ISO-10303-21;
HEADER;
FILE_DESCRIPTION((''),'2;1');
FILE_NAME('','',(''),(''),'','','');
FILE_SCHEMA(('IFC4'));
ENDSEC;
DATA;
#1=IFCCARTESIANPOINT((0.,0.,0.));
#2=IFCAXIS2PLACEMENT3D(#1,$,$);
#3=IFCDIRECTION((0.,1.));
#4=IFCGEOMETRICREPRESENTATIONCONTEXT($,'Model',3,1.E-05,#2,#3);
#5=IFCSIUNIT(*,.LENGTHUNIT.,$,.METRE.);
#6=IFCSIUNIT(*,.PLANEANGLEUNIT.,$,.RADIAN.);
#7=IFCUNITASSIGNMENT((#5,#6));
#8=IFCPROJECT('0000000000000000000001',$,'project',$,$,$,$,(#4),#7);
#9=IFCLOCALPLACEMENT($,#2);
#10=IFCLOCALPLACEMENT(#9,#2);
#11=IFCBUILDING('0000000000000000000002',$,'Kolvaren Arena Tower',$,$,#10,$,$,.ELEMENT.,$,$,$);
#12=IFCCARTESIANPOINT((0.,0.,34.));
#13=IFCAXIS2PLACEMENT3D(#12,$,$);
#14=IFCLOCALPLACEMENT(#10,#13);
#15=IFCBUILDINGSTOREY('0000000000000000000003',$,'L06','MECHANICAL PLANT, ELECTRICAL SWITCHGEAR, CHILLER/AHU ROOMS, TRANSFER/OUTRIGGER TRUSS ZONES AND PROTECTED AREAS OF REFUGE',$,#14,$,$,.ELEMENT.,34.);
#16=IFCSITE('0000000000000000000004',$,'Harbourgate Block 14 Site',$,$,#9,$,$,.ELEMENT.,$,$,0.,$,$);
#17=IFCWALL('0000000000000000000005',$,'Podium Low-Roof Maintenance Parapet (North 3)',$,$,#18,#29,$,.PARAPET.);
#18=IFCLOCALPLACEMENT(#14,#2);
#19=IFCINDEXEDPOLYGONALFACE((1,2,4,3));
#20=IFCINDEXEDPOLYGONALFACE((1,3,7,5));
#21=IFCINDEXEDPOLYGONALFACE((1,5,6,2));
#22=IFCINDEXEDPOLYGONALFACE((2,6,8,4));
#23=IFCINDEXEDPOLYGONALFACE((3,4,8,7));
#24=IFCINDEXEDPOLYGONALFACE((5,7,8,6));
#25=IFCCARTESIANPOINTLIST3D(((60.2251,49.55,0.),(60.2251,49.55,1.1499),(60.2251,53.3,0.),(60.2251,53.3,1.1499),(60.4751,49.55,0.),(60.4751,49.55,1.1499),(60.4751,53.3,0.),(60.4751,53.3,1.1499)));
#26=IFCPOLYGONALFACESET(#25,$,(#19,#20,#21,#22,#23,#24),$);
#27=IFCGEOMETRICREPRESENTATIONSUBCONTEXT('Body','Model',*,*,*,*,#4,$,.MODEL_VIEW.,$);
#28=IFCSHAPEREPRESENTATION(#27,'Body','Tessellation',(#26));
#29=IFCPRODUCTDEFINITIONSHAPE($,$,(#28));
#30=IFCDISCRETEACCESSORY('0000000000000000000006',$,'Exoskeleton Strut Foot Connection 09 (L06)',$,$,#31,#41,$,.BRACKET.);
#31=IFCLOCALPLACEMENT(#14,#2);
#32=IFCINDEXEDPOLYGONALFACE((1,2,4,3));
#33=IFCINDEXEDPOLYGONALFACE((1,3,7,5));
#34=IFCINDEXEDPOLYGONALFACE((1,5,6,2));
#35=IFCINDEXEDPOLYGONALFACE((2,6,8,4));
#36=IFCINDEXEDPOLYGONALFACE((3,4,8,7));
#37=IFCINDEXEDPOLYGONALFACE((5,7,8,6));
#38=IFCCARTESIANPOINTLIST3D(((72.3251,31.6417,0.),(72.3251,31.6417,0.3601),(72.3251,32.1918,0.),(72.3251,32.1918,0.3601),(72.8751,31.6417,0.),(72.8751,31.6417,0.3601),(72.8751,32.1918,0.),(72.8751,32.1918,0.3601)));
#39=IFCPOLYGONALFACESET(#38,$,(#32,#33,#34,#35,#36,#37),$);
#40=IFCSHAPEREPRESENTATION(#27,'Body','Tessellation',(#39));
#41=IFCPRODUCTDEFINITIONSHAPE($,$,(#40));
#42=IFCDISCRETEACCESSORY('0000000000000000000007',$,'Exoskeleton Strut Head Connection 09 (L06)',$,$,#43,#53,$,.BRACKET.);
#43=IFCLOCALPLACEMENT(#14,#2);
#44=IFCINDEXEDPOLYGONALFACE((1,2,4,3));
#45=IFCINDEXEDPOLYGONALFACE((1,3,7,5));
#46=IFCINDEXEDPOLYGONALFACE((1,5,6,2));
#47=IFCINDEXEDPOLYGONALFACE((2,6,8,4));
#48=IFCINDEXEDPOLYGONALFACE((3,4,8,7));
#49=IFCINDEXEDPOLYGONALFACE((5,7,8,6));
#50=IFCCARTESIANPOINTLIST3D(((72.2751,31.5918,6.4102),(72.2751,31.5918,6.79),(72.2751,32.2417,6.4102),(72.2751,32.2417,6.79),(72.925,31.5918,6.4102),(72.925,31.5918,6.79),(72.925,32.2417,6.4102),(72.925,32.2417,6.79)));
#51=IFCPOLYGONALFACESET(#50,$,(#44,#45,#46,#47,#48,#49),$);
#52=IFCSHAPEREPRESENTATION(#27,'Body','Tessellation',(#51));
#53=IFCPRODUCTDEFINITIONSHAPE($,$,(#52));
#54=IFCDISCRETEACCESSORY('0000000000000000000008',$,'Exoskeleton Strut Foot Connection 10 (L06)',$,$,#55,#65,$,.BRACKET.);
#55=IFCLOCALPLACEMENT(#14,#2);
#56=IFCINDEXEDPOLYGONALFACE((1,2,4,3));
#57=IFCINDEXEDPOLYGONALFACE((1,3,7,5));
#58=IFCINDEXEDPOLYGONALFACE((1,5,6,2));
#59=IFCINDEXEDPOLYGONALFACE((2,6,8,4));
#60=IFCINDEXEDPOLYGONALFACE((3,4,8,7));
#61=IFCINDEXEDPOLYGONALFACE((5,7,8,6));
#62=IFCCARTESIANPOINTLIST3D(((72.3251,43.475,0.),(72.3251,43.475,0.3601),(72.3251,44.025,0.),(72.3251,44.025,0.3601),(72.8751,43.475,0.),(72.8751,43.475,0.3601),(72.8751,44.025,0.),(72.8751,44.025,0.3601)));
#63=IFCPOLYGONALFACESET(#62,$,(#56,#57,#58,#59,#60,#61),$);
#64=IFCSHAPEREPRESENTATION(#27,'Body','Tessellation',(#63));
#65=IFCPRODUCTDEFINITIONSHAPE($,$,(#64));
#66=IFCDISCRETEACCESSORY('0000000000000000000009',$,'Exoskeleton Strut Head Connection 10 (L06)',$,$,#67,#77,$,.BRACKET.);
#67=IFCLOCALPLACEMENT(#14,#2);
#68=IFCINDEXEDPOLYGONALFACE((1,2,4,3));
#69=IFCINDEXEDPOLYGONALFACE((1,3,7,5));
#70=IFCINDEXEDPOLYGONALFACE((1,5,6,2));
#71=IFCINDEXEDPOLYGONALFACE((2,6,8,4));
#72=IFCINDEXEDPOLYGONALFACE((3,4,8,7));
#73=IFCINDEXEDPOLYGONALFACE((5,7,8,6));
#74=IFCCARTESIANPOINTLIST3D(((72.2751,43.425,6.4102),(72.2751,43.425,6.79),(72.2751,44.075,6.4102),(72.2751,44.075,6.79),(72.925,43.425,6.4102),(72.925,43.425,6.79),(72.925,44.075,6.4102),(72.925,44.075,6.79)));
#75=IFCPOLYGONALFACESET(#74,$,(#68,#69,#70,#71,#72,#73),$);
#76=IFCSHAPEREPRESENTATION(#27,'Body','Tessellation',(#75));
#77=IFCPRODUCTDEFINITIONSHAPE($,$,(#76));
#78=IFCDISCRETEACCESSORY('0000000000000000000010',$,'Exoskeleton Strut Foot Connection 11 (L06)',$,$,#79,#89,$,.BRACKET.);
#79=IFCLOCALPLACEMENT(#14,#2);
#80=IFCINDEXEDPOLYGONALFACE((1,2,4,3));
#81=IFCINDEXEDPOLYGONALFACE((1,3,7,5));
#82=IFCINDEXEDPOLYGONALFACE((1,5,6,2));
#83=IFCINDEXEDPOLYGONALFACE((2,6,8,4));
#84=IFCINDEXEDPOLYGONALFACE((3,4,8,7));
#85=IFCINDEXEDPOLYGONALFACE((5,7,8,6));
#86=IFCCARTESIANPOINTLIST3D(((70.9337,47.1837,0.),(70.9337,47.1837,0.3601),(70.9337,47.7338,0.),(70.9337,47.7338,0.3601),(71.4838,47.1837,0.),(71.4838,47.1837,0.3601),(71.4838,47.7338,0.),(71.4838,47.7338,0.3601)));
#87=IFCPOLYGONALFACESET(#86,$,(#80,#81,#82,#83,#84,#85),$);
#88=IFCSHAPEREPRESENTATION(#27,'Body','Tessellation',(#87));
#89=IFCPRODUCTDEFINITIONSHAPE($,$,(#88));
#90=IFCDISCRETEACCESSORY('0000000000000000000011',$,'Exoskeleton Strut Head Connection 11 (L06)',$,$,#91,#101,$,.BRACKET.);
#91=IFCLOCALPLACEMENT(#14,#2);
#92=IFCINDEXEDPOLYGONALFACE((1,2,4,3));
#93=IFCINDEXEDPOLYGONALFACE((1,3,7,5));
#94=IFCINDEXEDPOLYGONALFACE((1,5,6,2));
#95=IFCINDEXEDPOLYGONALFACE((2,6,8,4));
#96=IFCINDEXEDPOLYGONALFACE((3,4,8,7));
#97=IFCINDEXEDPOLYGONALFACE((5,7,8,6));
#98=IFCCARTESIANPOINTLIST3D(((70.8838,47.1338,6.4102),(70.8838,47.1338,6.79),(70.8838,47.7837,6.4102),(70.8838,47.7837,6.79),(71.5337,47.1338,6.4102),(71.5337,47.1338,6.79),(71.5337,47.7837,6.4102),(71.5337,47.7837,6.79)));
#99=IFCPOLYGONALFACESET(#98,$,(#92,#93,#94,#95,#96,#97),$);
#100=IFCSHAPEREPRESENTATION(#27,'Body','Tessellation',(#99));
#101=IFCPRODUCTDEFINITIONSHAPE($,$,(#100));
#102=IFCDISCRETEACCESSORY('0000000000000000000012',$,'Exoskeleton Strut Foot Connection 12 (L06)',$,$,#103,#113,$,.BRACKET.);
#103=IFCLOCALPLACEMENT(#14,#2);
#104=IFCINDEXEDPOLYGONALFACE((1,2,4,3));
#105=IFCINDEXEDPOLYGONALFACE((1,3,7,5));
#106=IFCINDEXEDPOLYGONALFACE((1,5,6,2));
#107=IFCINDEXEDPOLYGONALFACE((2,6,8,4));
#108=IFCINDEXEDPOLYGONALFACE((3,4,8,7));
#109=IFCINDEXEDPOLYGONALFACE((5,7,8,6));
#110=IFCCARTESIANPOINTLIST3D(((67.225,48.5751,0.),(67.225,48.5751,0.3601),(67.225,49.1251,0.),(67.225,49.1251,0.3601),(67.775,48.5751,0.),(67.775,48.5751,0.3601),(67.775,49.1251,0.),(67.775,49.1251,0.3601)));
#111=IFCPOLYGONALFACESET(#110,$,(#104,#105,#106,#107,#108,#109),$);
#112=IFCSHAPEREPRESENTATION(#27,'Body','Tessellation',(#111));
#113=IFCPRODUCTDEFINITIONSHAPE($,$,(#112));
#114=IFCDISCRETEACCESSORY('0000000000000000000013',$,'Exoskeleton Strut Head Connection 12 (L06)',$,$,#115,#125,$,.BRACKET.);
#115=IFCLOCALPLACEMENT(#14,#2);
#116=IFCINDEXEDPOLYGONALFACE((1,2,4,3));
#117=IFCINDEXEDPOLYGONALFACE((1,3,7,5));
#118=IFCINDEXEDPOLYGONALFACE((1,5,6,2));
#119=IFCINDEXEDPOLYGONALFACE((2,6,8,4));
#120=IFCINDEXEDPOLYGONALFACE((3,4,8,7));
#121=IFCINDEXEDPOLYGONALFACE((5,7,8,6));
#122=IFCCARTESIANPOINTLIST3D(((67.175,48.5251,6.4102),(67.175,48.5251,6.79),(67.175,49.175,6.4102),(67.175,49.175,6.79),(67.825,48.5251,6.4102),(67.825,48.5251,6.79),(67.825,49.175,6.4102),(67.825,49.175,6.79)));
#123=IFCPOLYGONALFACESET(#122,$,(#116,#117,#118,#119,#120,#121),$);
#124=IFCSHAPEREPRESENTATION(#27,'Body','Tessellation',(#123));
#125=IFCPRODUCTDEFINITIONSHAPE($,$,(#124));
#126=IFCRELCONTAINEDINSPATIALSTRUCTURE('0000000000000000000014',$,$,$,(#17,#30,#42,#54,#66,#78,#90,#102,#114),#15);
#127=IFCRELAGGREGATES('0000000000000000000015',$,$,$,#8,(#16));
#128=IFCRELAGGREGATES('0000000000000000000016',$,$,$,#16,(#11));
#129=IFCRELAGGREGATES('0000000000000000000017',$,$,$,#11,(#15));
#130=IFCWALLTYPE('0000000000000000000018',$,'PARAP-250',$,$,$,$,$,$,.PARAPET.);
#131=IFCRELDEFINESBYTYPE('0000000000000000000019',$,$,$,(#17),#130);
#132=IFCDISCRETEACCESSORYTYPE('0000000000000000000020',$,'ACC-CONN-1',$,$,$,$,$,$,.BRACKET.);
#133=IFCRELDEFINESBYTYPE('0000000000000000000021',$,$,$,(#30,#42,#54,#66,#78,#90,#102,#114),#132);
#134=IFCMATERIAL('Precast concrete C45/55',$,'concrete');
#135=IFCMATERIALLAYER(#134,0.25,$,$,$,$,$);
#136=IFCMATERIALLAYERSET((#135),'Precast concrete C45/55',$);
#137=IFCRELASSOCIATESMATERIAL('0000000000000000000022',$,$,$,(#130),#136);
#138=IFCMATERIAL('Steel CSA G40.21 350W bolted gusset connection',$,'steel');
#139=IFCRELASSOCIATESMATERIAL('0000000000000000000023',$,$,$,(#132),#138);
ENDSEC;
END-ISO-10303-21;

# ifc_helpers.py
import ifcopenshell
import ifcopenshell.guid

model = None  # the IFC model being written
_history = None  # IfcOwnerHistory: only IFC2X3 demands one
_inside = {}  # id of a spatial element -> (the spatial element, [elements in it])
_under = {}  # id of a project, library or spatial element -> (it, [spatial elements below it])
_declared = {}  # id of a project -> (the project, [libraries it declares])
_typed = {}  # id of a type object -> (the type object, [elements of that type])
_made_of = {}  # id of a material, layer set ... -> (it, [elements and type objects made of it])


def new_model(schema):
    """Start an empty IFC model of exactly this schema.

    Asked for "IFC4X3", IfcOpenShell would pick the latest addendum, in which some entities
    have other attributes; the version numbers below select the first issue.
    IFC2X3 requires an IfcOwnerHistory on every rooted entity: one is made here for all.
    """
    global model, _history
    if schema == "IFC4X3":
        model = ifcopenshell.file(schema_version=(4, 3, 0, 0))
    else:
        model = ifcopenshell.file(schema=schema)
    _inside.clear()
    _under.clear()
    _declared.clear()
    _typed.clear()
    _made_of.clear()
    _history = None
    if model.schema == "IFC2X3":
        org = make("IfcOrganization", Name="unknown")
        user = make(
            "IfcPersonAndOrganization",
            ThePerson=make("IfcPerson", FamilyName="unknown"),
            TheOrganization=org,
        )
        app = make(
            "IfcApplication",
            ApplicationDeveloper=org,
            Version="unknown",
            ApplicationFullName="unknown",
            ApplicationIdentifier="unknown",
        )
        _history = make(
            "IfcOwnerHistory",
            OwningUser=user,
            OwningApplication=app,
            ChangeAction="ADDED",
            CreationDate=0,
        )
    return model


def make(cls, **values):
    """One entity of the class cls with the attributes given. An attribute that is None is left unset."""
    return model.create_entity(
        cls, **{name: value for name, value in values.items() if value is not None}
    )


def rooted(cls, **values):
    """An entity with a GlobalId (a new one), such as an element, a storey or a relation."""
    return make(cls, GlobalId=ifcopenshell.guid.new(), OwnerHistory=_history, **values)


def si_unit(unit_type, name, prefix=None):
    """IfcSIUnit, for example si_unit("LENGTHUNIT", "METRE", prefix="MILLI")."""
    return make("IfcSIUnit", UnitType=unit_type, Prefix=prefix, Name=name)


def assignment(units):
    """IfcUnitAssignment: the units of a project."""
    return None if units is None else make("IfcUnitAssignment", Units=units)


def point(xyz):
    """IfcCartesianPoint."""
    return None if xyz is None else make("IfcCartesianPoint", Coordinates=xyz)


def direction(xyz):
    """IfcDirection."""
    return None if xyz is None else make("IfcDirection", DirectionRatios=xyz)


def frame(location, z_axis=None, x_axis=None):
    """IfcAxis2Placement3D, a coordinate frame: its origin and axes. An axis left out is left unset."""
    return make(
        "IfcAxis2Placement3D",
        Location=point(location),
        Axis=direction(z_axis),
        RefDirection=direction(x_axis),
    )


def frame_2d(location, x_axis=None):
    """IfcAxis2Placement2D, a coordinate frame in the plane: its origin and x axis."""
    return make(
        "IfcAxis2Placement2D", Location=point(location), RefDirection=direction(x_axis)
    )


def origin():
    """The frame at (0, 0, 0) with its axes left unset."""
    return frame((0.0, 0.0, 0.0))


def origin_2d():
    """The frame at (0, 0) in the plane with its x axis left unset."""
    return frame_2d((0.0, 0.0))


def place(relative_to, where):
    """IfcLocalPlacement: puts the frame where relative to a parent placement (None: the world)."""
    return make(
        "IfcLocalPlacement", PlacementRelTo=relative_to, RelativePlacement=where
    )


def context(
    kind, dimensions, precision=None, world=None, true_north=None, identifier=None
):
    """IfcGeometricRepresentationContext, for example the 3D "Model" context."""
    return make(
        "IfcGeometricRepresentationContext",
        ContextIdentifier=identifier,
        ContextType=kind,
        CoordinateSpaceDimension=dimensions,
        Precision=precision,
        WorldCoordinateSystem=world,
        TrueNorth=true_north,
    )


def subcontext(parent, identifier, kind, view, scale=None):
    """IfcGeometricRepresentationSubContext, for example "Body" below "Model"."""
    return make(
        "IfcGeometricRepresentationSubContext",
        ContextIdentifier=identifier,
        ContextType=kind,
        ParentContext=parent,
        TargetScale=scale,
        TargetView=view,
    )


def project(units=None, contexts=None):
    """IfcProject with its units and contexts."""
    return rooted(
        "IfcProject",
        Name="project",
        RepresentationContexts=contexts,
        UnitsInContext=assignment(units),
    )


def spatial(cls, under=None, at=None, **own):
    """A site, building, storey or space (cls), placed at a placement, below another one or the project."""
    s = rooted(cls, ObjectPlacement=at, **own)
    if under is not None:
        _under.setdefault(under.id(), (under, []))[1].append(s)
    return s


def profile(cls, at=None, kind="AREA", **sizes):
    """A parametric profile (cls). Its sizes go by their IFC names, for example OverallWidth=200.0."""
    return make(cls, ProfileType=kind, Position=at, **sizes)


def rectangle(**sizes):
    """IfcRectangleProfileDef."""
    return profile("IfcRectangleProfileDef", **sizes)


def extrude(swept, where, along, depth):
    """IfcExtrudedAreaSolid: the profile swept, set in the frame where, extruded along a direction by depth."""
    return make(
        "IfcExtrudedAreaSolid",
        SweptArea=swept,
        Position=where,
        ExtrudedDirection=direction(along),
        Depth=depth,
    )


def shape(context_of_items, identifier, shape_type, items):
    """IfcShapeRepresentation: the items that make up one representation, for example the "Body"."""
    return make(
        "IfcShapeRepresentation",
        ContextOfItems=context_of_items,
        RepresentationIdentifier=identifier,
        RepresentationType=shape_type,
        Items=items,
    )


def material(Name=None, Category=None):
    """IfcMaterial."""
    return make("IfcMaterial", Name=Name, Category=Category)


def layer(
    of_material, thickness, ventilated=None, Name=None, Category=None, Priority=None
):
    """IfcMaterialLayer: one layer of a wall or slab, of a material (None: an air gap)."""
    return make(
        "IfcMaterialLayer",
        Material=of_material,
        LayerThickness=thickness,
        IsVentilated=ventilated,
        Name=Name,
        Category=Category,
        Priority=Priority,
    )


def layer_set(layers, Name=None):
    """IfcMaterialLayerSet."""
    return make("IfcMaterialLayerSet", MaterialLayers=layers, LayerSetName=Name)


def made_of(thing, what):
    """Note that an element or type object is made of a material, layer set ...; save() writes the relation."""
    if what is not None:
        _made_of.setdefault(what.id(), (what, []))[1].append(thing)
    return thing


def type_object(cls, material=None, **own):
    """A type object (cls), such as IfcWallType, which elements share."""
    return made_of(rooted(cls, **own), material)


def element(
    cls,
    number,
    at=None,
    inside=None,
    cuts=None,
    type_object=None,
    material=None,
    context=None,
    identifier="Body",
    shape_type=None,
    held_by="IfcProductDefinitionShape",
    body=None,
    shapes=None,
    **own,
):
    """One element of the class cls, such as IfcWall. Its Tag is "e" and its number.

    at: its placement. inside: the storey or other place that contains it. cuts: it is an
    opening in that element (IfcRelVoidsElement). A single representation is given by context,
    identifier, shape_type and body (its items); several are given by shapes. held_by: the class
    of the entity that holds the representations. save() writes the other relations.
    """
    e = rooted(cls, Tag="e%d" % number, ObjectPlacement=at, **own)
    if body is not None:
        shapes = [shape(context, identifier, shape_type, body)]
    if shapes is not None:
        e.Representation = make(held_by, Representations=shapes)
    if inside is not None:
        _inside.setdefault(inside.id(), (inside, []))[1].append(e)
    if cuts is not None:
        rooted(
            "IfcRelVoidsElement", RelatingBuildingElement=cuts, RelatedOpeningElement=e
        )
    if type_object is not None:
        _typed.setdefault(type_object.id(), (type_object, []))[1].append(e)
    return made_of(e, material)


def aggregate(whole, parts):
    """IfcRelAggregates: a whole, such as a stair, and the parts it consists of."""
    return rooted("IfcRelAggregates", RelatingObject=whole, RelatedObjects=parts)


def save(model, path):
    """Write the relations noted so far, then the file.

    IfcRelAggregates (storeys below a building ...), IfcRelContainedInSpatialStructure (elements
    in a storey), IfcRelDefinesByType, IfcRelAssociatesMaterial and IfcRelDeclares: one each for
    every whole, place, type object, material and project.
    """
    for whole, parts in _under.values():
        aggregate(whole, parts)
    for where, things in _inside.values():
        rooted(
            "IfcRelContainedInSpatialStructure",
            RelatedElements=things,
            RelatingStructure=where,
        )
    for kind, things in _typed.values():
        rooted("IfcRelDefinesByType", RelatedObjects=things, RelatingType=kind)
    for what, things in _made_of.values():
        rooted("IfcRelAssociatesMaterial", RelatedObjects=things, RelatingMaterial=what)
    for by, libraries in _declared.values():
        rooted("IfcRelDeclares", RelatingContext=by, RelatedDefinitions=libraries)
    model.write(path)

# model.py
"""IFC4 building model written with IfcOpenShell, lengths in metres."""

from ifc_helpers import new_model, si_unit, direction, frame, frame_2d, origin, origin_2d, place, context, subcontext, project, spatial, rectangle, extrude, material, layer, layer_set, type_object, element, save


model = new_model("IFC4")

# Units and contexts
model_context = context("Model", 3, precision=1e-05, world=origin(), true_north=direction((0.0, 1.0)))
body_context = subcontext(model_context, "Body", "Model", "MODEL_VIEW")
ifc_project = project(units=[si_unit("LENGTHUNIT", "METRE"), si_unit("PLANEANGLEUNIT", "RADIAN")], contexts=[model_context])

# Site, building, storey
site_placement = place(None, origin())
site = spatial("IfcSite", under=ifc_project, at=site_placement, Name="Harbourgate Block 14 Site", CompositionType="ELEMENT", RefElevation=0.0)
building_placement = place(site_placement, origin())
building = spatial("IfcBuilding", under=site, at=building_placement, Name="Kolvaren Arena Tower", CompositionType="ELEMENT")
storey_placement = place(building_placement, frame((0.0, 0.0, 34.0)))
storey = spatial("IfcBuildingStorey", under=building, at=storey_placement, Name="L06", Description="MECHANICAL PLANT, ELECTRICAL SWITCHGEAR, CHILLER/AHU ROOMS, TRANSFER/OUTRIGGER TRUSS ZONES AND PROTECTED AREAS OF REFUGE", CompositionType="ELEMENT", Elevation=34.0)

# Wall
ifc_material_1 = material(Name="Precast concrete C45/55", Category="concrete")
ifc_layer_1 = layer(ifc_material_1, 0.25)
ifc_layer_set_1 = layer_set([ifc_layer_1], Name="Precast concrete C45/55")
wall_type_1 = type_object("IfcWallType", Name="PARAP-250", PredefinedType="PARAPET", material=ifc_layer_set_1)
wall_1_placement = place(storey_placement, frame((60.3501, 53.3, 0.0), z_axis=(0.0, 0.0, 1.0), x_axis=(0.0, -1.0, 0.0)))
element("IfcWall", 1, at=wall_1_placement, inside=storey, type_object=wall_type_1, Name="Podium Low-Roof Maintenance Parapet (North 3)", PredefinedType="PARAPET", context=body_context, shape_type="SweptSolid", body=[
    extrude(rectangle(XDim=3.75, YDim=0.25, at=frame_2d((1.875, 0.0))), origin(), (0.0, 0.0, 1.0), 1.1499),
])

# Discrete accessories
ifc_material_2 = material(Name="Steel CSA G40.21 350W bolted gusset connection", Category="steel")
discrete_accessory_type = type_object("IfcDiscreteAccessoryType", Name="ACC-CONN-1", PredefinedType="BRACKET", material=ifc_material_2)
discrete_accessory_1_placement = place(storey_placement, frame((72.6001, 31.9167, 0.0), z_axis=(0.0, 0.0, 1.0), x_axis=(1.0, 0.0, 0.0)))
element("IfcDiscreteAccessory", 2, at=discrete_accessory_1_placement, inside=storey, type_object=discrete_accessory_type, Name="Exoskeleton Strut Foot Connection 09 (L06)", PredefinedType="BRACKET", context=body_context, shape_type="SweptSolid", body=[
    extrude(rectangle(XDim=0.55, YDim=0.55, at=origin_2d()), origin(), (0.0, 0.0, 1.0), 0.3601),
])
discrete_accessory_2_placement = place(storey_placement, frame((72.6001, 31.9167, 6.4102), z_axis=(0.0, 0.0, 1.0), x_axis=(1.0, 0.0, 0.0)))
element("IfcDiscreteAccessory", 3, at=discrete_accessory_2_placement, inside=storey, type_object=discrete_accessory_type, Name="Exoskeleton Strut Head Connection 09 (L06)", PredefinedType="BRACKET", context=body_context, shape_type="SweptSolid", body=[
    extrude(rectangle(XDim=0.6499, YDim=0.6499, at=origin_2d()), origin(), (0.0, 0.0, 1.0), 0.3799),
])
discrete_accessory_3_placement = place(storey_placement, frame((72.6001, 43.75, 0.0), z_axis=(0.0, 0.0, 1.0), x_axis=(1.0, 0.0, 0.0)))
element("IfcDiscreteAccessory", 4, at=discrete_accessory_3_placement, inside=storey, type_object=discrete_accessory_type, Name="Exoskeleton Strut Foot Connection 10 (L06)", PredefinedType="BRACKET", context=body_context, shape_type="SweptSolid", body=[
    extrude(rectangle(XDim=0.55, YDim=0.55, at=origin_2d()), origin(), (0.0, 0.0, 1.0), 0.3601),
])
discrete_accessory_4_placement = place(storey_placement, frame((72.6001, 43.75, 6.4102), z_axis=(0.0, 0.0, 1.0), x_axis=(1.0, 0.0, 0.0)))
element("IfcDiscreteAccessory", 5, at=discrete_accessory_4_placement, inside=storey, type_object=discrete_accessory_type, Name="Exoskeleton Strut Head Connection 10 (L06)", PredefinedType="BRACKET", context=body_context, shape_type="SweptSolid", body=[
    extrude(rectangle(XDim=0.6499, YDim=0.6499, at=origin_2d()), origin(), (0.0, 0.0, 1.0), 0.3799),
])
discrete_accessory_5_placement = place(storey_placement, frame((71.2087, 47.4587, 0.0), z_axis=(0.0, 0.0, 1.0), x_axis=(1.0, 0.0, 0.0)))
element("IfcDiscreteAccessory", 6, at=discrete_accessory_5_placement, inside=storey, type_object=discrete_accessory_type, Name="Exoskeleton Strut Foot Connection 11 (L06)", PredefinedType="BRACKET", context=body_context, shape_type="SweptSolid", body=[
    extrude(rectangle(XDim=0.55, YDim=0.55, at=origin_2d()), origin(), (0.0, 0.0, 1.0), 0.3601),
])
discrete_accessory_6_placement = place(storey_placement, frame((71.2087, 47.4587, 6.4102), z_axis=(0.0, 0.0, 1.0), x_axis=(1.0, 0.0, 0.0)))
element("IfcDiscreteAccessory", 7, at=discrete_accessory_6_placement, inside=storey, type_object=discrete_accessory_type, Name="Exoskeleton Strut Head Connection 11 (L06)", PredefinedType="BRACKET", context=body_context, shape_type="SweptSolid", body=[
    extrude(rectangle(XDim=0.6499, YDim=0.6499, at=origin_2d()), origin(), (0.0, 0.0, 1.0), 0.3799),
])
discrete_accessory_7_placement = place(storey_placement, frame((67.5, 48.8501, 0.0), z_axis=(0.0, 0.0, 1.0), x_axis=(1.0, 0.0, 0.0)))
element("IfcDiscreteAccessory", 8, at=discrete_accessory_7_placement, inside=storey, type_object=discrete_accessory_type, Name="Exoskeleton Strut Foot Connection 12 (L06)", PredefinedType="BRACKET", context=body_context, shape_type="SweptSolid", body=[
    extrude(rectangle(XDim=0.55, YDim=0.55, at=origin_2d()), origin(), (0.0, 0.0, 1.0), 0.3601),
])
discrete_accessory_8_placement = place(storey_placement, frame((67.5, 48.8501, 6.4102), z_axis=(0.0, 0.0, 1.0), x_axis=(1.0, 0.0, 0.0)))
element("IfcDiscreteAccessory", 9, at=discrete_accessory_8_placement, inside=storey, type_object=discrete_accessory_type, Name="Exoskeleton Strut Head Connection 12 (L06)", PredefinedType="BRACKET", context=body_context, shape_type="SweptSolid", body=[
    extrude(rectangle(XDim=0.6499, YDim=0.6499, at=origin_2d()), origin(), (0.0, 0.0, 1.0), 0.3799),
])

save(model, "model.ifc")
